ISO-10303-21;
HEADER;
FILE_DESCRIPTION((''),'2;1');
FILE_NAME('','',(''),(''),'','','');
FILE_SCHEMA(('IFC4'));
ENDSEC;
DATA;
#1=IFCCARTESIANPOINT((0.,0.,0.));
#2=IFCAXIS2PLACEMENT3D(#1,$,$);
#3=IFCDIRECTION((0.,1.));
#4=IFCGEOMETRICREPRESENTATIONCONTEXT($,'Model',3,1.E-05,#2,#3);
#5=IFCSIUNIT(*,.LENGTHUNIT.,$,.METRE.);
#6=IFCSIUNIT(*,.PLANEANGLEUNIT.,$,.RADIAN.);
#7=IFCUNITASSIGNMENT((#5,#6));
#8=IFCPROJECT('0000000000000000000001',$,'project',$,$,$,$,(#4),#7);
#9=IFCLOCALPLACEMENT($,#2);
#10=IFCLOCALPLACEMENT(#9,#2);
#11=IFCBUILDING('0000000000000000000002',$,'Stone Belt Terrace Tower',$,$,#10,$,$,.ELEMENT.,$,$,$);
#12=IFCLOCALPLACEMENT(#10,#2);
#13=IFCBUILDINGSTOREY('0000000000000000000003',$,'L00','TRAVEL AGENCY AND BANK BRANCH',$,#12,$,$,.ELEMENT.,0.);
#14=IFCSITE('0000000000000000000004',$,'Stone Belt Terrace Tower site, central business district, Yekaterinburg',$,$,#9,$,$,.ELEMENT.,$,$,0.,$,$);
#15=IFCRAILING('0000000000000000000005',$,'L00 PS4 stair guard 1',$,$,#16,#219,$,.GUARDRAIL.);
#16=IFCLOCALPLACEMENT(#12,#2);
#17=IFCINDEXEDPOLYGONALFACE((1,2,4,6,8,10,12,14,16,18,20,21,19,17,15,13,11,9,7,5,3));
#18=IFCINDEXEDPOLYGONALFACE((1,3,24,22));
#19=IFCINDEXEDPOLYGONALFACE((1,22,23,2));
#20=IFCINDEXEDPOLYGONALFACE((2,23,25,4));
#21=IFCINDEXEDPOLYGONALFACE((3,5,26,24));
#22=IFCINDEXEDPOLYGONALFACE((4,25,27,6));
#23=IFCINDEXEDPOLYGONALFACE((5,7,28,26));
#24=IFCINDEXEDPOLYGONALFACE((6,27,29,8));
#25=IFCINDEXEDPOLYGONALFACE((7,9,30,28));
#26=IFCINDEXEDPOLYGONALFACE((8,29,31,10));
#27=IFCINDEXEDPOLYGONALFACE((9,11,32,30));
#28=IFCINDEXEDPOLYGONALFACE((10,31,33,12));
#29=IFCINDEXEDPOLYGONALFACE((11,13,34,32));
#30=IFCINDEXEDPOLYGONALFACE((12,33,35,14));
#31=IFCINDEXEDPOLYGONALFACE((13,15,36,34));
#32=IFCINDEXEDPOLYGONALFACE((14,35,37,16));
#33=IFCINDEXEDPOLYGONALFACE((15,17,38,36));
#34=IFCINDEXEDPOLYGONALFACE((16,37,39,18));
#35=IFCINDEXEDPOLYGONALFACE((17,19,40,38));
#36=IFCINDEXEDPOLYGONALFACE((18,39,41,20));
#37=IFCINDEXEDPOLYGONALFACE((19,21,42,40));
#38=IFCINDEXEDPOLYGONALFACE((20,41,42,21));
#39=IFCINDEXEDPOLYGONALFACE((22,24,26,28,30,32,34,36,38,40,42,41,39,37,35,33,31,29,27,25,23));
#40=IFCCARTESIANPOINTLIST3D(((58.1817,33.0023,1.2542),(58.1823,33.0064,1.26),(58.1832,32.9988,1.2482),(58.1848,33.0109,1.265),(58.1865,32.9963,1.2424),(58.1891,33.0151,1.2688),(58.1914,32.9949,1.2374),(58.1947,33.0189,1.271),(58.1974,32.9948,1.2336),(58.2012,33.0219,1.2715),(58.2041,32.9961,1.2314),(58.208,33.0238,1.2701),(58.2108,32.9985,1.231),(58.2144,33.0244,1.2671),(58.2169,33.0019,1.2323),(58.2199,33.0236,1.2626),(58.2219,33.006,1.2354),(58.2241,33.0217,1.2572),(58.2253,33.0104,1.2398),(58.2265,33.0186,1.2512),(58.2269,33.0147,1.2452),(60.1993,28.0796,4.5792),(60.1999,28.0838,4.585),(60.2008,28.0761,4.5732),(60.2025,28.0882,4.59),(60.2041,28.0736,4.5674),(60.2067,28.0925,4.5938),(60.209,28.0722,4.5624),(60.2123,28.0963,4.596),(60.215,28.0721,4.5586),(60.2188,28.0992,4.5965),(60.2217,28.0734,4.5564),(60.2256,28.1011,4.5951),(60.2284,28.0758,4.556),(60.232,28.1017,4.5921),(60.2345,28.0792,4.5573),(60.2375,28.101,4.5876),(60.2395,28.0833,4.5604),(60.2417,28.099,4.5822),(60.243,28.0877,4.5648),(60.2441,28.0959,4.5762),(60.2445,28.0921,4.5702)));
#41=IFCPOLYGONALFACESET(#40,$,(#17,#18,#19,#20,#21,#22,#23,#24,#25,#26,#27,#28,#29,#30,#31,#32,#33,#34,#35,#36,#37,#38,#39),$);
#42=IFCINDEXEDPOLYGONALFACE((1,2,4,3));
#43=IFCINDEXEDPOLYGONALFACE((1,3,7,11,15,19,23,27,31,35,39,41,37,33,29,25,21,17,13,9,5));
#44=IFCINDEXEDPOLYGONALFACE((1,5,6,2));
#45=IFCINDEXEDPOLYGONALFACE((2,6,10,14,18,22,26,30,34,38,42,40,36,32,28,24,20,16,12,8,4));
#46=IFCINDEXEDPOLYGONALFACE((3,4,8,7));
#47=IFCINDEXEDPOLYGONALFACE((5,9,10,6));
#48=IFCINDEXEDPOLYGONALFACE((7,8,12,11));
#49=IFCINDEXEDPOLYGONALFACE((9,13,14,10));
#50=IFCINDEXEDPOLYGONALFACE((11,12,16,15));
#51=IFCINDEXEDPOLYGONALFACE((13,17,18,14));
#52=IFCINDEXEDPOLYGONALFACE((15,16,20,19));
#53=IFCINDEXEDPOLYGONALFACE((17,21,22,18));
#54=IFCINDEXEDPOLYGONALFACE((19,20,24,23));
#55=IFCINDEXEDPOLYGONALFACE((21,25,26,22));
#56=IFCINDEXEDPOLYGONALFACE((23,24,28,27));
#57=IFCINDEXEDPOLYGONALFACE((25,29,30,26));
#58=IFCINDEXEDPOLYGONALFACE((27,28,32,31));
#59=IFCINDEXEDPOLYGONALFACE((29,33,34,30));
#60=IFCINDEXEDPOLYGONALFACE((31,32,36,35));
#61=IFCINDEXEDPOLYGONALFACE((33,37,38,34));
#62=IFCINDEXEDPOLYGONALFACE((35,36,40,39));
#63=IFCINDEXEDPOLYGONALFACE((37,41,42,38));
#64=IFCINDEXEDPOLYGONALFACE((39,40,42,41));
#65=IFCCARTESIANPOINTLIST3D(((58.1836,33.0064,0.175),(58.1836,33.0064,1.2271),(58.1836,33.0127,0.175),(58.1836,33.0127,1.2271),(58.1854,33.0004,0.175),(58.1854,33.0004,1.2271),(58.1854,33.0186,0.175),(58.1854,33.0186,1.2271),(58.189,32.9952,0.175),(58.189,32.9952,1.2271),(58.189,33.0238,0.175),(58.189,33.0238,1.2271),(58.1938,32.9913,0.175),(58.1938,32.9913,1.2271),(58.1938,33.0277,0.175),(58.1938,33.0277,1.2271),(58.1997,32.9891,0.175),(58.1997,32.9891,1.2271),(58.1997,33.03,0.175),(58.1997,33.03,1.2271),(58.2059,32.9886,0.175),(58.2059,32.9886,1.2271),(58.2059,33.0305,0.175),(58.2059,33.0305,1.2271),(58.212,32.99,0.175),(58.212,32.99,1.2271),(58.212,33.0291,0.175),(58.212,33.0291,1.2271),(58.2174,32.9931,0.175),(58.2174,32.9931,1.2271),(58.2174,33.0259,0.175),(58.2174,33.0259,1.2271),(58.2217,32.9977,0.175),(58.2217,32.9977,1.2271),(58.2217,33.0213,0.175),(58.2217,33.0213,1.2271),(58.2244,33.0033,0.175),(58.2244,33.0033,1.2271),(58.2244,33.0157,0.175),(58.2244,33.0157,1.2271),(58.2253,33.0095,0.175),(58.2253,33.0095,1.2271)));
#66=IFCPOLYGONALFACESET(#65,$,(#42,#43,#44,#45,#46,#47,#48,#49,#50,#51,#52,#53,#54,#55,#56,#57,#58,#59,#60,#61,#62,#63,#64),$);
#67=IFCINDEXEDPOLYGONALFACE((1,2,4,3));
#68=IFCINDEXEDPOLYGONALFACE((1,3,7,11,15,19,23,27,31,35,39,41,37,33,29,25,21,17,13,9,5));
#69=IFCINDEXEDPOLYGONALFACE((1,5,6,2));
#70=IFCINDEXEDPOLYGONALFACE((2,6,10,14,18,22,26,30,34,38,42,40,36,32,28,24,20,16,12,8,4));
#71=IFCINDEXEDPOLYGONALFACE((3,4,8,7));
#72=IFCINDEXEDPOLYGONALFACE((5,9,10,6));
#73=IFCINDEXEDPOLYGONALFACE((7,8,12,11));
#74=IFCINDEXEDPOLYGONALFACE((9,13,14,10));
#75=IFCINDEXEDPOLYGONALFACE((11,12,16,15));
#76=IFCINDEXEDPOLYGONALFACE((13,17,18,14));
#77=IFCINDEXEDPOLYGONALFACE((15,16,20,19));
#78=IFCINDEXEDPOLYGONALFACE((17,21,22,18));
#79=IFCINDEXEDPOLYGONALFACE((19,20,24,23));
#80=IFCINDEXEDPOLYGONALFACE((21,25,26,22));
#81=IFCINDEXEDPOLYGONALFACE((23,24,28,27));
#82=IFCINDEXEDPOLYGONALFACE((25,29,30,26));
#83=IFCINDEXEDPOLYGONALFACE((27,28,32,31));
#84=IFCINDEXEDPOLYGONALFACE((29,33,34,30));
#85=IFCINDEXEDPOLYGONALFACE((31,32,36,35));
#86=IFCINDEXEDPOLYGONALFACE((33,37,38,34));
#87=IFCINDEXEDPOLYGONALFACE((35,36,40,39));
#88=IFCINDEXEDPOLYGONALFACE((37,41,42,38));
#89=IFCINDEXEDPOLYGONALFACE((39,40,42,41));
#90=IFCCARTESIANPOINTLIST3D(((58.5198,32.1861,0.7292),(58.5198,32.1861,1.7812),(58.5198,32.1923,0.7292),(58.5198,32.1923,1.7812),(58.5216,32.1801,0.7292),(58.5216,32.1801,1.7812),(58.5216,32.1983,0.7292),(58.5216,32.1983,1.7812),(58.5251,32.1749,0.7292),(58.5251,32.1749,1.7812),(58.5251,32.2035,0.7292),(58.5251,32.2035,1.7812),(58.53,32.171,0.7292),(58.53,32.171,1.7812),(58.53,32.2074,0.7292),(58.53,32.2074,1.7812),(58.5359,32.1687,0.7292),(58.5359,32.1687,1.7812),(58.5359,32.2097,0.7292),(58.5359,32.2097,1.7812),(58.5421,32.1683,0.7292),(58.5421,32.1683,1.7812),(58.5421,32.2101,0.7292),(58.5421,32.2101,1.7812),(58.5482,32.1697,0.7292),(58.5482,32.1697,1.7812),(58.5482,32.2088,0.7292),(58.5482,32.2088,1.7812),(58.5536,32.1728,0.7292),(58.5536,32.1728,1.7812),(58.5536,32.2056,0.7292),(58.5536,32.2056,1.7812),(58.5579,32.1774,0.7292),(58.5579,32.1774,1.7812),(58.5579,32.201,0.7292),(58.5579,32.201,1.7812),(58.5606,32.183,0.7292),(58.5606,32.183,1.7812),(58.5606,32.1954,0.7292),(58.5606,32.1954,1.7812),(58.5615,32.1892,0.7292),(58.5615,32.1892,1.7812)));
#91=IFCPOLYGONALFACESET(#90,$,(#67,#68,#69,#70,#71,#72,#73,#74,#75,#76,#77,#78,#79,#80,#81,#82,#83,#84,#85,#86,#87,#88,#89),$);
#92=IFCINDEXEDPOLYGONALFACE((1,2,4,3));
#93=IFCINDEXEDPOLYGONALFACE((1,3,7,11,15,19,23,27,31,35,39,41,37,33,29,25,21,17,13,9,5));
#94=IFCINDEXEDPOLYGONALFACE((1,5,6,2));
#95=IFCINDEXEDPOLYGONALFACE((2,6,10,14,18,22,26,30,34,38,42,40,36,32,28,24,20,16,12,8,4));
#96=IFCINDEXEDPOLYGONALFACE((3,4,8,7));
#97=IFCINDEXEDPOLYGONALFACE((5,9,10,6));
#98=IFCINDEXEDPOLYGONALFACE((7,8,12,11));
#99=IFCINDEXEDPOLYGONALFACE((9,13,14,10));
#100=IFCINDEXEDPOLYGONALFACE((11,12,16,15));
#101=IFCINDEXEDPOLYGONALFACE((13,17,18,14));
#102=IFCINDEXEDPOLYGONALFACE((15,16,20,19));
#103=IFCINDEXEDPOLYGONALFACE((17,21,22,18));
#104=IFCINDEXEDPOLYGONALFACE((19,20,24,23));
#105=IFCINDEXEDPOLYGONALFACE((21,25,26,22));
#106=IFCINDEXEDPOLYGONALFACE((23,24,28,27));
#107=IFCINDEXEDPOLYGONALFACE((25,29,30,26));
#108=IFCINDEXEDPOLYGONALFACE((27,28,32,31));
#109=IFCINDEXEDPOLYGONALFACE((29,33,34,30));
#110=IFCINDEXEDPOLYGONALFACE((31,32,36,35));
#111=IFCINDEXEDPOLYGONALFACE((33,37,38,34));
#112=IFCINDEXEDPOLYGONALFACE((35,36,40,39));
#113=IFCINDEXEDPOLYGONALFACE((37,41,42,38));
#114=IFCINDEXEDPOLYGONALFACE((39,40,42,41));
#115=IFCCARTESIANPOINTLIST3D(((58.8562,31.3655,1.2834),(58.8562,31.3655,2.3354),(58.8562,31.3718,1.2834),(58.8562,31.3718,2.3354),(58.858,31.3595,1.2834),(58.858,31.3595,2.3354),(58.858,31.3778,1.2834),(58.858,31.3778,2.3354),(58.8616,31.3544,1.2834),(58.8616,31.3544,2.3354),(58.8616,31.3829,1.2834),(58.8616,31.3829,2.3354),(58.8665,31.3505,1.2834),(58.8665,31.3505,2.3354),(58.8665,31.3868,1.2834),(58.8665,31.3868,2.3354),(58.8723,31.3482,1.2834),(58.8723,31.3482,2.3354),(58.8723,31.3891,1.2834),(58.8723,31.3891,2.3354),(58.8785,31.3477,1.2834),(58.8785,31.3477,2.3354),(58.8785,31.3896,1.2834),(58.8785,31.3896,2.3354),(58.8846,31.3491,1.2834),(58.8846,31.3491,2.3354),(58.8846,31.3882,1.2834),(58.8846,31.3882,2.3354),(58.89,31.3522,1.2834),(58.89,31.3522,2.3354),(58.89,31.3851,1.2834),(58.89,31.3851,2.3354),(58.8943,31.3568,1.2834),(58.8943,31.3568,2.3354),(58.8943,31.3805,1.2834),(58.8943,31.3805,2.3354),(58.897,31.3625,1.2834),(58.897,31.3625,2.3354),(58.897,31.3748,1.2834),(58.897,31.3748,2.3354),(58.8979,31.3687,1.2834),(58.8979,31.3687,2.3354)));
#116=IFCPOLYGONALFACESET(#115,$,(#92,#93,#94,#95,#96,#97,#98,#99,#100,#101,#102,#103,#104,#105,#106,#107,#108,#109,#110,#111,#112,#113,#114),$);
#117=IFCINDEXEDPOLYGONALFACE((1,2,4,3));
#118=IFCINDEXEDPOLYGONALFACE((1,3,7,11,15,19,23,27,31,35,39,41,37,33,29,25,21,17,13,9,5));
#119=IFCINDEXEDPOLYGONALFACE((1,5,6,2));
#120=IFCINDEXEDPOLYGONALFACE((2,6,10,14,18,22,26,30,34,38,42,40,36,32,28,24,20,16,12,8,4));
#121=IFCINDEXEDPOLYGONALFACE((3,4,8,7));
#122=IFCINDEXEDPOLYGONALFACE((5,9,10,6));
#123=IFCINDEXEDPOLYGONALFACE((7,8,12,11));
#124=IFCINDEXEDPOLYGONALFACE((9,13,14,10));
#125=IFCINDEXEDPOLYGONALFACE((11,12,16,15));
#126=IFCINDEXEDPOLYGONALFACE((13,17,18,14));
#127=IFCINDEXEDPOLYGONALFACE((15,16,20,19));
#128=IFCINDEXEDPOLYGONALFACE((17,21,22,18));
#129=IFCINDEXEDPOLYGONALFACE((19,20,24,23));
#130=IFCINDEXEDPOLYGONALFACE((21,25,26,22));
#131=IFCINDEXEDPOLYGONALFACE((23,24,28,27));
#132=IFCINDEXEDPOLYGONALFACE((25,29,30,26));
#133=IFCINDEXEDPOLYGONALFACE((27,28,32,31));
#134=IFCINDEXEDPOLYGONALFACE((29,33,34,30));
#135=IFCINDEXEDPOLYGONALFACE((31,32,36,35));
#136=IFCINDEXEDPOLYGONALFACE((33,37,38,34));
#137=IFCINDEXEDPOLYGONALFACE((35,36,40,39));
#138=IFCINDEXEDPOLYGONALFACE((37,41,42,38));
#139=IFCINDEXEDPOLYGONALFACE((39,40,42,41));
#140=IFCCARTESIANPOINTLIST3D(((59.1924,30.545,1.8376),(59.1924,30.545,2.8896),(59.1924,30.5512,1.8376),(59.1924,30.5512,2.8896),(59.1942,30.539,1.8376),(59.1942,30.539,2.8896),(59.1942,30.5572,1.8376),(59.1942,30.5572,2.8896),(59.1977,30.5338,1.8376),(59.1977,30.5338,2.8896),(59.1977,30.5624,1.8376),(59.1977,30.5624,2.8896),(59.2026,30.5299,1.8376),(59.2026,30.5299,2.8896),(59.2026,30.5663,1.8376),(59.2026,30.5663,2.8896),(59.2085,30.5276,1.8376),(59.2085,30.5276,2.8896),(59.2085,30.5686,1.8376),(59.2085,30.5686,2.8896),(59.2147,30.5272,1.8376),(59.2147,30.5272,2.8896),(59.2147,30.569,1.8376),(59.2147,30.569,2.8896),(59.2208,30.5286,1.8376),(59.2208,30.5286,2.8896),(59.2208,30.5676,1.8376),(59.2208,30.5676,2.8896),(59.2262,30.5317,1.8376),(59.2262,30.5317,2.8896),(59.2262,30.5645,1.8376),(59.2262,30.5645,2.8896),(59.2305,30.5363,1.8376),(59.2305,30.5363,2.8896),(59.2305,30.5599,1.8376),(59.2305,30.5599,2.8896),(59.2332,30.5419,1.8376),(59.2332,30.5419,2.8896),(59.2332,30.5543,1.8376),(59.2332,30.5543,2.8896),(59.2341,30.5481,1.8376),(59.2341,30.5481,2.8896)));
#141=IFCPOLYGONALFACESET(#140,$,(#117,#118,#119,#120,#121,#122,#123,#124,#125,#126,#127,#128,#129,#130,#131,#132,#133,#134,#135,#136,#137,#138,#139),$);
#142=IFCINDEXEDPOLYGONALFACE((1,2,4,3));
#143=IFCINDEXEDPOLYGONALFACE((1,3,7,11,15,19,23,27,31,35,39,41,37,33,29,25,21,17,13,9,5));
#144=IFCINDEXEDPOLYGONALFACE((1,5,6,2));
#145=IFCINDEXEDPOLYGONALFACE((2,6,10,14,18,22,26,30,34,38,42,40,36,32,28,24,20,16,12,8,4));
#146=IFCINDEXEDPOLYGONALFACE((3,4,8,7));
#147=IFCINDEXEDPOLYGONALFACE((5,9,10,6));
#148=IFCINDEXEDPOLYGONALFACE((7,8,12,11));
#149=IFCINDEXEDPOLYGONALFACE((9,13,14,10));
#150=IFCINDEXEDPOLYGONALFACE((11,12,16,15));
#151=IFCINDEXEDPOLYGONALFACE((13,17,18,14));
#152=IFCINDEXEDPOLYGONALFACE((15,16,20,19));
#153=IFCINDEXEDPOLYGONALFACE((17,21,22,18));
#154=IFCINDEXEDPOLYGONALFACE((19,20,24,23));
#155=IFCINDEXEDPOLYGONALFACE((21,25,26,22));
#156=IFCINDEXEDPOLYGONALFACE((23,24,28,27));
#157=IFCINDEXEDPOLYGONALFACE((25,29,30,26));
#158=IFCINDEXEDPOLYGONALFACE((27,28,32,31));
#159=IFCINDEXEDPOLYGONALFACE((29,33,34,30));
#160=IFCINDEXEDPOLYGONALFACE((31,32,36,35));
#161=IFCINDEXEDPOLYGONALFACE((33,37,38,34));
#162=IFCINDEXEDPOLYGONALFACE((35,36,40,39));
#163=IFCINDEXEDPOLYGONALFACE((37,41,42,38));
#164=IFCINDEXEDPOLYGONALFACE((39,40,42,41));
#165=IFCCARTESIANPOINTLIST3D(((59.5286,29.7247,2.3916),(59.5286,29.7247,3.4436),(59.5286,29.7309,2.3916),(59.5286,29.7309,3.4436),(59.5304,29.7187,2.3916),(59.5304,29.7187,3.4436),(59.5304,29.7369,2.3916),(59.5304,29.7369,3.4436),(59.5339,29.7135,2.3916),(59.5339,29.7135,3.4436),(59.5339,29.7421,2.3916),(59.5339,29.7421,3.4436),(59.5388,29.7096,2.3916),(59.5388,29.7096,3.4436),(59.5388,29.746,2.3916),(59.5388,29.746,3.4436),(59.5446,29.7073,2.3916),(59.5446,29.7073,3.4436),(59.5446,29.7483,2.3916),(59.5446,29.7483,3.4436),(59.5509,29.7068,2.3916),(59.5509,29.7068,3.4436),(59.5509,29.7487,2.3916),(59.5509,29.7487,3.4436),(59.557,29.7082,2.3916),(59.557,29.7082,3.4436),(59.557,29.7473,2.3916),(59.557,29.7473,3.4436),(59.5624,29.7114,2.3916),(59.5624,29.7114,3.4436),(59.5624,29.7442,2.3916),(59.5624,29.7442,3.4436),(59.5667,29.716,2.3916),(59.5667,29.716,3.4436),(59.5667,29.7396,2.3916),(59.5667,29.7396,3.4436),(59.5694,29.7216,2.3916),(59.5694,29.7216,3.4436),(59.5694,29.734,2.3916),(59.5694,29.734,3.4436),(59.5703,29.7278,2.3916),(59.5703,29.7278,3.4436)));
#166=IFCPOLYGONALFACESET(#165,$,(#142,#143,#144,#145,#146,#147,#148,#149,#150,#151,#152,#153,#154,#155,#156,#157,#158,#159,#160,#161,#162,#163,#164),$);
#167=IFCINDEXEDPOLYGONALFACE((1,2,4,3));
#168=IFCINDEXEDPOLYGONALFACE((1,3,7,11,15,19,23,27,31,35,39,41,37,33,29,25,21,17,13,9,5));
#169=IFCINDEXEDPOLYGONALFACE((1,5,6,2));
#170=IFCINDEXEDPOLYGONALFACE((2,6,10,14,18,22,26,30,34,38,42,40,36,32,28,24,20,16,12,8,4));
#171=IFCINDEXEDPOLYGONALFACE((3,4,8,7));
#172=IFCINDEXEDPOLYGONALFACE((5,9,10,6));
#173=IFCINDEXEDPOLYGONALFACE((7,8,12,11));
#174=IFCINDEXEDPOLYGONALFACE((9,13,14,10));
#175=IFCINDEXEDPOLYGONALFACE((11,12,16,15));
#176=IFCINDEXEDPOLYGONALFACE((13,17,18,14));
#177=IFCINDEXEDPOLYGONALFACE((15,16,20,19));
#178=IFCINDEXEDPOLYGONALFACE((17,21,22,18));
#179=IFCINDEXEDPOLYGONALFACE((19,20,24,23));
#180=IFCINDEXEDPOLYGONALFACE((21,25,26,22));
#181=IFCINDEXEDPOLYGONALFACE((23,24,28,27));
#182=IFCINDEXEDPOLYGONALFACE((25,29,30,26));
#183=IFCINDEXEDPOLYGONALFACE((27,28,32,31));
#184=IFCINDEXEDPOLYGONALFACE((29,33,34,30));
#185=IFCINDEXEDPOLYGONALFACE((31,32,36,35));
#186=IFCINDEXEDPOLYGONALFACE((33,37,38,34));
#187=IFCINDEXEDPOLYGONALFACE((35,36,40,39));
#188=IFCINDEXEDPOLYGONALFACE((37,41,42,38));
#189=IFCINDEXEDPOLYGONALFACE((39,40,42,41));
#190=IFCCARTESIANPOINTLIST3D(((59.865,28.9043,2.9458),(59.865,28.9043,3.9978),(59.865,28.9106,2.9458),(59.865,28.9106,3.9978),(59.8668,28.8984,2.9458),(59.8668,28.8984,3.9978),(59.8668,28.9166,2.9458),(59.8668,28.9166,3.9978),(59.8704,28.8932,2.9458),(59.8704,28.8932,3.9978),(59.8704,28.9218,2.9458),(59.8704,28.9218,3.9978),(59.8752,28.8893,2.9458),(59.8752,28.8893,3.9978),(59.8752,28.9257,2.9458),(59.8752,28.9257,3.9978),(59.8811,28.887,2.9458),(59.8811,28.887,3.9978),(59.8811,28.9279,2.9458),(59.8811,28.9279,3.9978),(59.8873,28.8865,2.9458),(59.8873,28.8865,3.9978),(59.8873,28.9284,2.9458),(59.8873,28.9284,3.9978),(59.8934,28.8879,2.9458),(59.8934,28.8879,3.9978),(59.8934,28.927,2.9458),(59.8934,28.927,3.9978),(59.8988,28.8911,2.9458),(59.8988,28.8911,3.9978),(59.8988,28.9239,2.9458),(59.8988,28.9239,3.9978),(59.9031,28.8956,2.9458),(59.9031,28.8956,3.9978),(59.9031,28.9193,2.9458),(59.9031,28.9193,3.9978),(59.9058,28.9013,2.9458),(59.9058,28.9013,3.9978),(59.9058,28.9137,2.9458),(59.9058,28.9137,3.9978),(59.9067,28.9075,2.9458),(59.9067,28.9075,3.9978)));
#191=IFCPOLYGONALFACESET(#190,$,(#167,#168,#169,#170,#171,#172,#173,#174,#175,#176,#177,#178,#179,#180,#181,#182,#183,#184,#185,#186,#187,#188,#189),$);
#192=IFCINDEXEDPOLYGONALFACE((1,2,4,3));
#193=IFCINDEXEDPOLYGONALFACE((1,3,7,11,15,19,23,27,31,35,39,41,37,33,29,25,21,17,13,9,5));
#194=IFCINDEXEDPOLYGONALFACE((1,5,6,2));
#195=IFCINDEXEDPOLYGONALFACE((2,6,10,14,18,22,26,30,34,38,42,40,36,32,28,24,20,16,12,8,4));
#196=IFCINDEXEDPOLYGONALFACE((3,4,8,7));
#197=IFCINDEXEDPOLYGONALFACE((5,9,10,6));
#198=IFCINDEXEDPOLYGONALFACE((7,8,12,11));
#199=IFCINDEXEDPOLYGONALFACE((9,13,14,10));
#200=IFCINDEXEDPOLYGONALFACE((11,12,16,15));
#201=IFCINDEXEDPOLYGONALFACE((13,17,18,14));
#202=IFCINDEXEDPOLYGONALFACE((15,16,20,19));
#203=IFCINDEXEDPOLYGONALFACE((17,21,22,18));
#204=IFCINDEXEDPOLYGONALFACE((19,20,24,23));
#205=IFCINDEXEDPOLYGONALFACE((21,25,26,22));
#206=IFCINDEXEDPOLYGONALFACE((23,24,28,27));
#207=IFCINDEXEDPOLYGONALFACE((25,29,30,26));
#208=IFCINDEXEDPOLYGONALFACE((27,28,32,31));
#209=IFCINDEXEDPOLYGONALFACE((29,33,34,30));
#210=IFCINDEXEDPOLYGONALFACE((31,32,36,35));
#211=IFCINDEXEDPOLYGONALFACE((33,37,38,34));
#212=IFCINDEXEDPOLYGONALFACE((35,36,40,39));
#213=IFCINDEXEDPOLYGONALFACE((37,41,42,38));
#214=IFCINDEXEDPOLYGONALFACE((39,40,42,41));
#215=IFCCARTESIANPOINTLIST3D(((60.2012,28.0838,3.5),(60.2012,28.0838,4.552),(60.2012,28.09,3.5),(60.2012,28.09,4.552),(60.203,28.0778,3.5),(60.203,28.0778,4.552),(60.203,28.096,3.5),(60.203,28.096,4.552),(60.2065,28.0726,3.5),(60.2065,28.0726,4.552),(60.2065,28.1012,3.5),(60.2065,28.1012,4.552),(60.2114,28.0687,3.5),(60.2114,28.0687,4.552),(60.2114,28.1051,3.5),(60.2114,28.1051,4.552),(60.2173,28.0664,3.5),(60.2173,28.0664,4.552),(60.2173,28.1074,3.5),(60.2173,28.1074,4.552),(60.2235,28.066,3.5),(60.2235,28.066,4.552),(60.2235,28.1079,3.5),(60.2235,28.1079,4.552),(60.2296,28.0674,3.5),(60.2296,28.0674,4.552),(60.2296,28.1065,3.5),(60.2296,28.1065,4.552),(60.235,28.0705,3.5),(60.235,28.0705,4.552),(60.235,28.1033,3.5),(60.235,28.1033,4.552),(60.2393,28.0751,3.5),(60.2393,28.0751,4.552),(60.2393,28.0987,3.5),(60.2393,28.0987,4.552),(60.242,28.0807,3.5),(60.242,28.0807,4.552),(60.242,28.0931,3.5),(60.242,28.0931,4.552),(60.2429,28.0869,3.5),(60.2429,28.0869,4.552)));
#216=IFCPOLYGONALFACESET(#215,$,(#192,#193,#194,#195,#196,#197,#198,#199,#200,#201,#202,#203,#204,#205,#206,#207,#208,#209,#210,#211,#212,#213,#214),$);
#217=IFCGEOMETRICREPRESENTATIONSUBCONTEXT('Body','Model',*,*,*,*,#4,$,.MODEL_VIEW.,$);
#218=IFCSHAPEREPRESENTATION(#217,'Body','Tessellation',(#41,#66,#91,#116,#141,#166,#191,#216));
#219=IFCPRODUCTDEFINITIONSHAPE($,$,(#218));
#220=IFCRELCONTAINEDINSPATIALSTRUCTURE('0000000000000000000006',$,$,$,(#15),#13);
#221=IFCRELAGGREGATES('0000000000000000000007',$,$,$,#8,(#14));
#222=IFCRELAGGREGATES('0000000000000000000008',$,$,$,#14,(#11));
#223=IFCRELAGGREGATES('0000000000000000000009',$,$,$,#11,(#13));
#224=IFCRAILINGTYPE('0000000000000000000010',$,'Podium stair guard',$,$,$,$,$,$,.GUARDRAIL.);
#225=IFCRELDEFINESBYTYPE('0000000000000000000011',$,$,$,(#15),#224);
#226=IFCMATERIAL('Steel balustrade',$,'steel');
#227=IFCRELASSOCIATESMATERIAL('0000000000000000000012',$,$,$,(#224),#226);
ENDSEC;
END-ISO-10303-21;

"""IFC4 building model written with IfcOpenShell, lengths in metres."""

from ifc_helpers import new_model, si_unit, direction, frame, origin, origin_2d, place, context, subcontext, project, spatial, circle, extrude, material, type_object, element, save


model = new_model("IFC4")

# Units and contexts
model_context = context("Model", 3, precision=1e-05, world=origin(), true_north=direction((0.0, 1.0)))
body_context = subcontext(model_context, "Body", "Model", "MODEL_VIEW")
ifc_project = project(units=[si_unit("LENGTHUNIT", "METRE"), si_unit("PLANEANGLEUNIT", "RADIAN")], contexts=[model_context])

# Site, building, storey
site_placement = place(None, origin())
site = spatial("IfcSite", under=ifc_project, at=site_placement, Name="Stone Belt Terrace Tower site, central business district, Yekaterinburg", CompositionType="ELEMENT", RefElevation=0.0)
building_placement = place(site_placement, origin())
building = spatial("IfcBuilding", under=site, at=building_placement, Name="Stone Belt Terrace Tower", CompositionType="ELEMENT")
storey_placement = place(building_placement, origin())
storey = spatial("IfcBuildingStorey", under=building, at=storey_placement, Name="L00", Description="TRAVEL AGENCY AND BANK BRANCH", CompositionType="ELEMENT", Elevation=0.0)

# Railing
ifc_material_1 = material(Name="Steel balustrade", Category="steel")
railing_type_1 = type_object("IfcRailingType", Name="Podium stair guard", PredefinedType="GUARDRAIL", material=ifc_material_1)
railing_1_placement = place(storey_placement, frame((58.2043, 33.0095, 0.175)))
element("IfcRailing", 1, at=railing_1_placement, inside=storey, type_object=railing_type_1, Name="L00 PS4 stair guard 1", PredefinedType="GUARDRAIL", context=body_context, shape_type="SweptSolid", body=[
    extrude(circle(Radius=0.0239, at=origin_2d()), frame((0.0, 0.0, 1.0762), z_axis=(0.321598, -0.784655, 0.529991), x_axis=(0.925297, 0.379242, 0.0)), (0.0, 0.0, 1.0), 6.2737),
    extrude(circle(Radius=0.021, at=origin_2d()), origin(), (0.0, 0.0, 1.0), 1.052),
    extrude(circle(Radius=0.021, at=origin_2d()), frame((0.3362, -0.8203, 0.5542)), (0.0, 0.0, 1.0), 1.052),
    extrude(circle(Radius=0.021, at=origin_2d()), frame((0.6726, -1.6409, 1.1084)), (0.0, 0.0, 1.0), 1.052),
    extrude(circle(Radius=0.021, at=origin_2d()), frame((1.0088, -2.4614, 1.6626)), (0.0, 0.0, 1.0), 1.052),
    extrude(circle(Radius=0.021, at=origin_2d()), frame((1.345, -3.2817, 2.2166)), (0.0, 0.0, 1.0), 1.052),
    extrude(circle(Radius=0.021, at=origin_2d()), frame((1.6814, -4.1021, 2.7708)), (0.0, 0.0, 1.0), 1.052),
    extrude(circle(Radius=0.021, at=origin_2d()), frame((2.0176, -4.9226, 3.325)), (0.0, 0.0, 1.0), 1.052),
])

save(model, "model.ifc")
